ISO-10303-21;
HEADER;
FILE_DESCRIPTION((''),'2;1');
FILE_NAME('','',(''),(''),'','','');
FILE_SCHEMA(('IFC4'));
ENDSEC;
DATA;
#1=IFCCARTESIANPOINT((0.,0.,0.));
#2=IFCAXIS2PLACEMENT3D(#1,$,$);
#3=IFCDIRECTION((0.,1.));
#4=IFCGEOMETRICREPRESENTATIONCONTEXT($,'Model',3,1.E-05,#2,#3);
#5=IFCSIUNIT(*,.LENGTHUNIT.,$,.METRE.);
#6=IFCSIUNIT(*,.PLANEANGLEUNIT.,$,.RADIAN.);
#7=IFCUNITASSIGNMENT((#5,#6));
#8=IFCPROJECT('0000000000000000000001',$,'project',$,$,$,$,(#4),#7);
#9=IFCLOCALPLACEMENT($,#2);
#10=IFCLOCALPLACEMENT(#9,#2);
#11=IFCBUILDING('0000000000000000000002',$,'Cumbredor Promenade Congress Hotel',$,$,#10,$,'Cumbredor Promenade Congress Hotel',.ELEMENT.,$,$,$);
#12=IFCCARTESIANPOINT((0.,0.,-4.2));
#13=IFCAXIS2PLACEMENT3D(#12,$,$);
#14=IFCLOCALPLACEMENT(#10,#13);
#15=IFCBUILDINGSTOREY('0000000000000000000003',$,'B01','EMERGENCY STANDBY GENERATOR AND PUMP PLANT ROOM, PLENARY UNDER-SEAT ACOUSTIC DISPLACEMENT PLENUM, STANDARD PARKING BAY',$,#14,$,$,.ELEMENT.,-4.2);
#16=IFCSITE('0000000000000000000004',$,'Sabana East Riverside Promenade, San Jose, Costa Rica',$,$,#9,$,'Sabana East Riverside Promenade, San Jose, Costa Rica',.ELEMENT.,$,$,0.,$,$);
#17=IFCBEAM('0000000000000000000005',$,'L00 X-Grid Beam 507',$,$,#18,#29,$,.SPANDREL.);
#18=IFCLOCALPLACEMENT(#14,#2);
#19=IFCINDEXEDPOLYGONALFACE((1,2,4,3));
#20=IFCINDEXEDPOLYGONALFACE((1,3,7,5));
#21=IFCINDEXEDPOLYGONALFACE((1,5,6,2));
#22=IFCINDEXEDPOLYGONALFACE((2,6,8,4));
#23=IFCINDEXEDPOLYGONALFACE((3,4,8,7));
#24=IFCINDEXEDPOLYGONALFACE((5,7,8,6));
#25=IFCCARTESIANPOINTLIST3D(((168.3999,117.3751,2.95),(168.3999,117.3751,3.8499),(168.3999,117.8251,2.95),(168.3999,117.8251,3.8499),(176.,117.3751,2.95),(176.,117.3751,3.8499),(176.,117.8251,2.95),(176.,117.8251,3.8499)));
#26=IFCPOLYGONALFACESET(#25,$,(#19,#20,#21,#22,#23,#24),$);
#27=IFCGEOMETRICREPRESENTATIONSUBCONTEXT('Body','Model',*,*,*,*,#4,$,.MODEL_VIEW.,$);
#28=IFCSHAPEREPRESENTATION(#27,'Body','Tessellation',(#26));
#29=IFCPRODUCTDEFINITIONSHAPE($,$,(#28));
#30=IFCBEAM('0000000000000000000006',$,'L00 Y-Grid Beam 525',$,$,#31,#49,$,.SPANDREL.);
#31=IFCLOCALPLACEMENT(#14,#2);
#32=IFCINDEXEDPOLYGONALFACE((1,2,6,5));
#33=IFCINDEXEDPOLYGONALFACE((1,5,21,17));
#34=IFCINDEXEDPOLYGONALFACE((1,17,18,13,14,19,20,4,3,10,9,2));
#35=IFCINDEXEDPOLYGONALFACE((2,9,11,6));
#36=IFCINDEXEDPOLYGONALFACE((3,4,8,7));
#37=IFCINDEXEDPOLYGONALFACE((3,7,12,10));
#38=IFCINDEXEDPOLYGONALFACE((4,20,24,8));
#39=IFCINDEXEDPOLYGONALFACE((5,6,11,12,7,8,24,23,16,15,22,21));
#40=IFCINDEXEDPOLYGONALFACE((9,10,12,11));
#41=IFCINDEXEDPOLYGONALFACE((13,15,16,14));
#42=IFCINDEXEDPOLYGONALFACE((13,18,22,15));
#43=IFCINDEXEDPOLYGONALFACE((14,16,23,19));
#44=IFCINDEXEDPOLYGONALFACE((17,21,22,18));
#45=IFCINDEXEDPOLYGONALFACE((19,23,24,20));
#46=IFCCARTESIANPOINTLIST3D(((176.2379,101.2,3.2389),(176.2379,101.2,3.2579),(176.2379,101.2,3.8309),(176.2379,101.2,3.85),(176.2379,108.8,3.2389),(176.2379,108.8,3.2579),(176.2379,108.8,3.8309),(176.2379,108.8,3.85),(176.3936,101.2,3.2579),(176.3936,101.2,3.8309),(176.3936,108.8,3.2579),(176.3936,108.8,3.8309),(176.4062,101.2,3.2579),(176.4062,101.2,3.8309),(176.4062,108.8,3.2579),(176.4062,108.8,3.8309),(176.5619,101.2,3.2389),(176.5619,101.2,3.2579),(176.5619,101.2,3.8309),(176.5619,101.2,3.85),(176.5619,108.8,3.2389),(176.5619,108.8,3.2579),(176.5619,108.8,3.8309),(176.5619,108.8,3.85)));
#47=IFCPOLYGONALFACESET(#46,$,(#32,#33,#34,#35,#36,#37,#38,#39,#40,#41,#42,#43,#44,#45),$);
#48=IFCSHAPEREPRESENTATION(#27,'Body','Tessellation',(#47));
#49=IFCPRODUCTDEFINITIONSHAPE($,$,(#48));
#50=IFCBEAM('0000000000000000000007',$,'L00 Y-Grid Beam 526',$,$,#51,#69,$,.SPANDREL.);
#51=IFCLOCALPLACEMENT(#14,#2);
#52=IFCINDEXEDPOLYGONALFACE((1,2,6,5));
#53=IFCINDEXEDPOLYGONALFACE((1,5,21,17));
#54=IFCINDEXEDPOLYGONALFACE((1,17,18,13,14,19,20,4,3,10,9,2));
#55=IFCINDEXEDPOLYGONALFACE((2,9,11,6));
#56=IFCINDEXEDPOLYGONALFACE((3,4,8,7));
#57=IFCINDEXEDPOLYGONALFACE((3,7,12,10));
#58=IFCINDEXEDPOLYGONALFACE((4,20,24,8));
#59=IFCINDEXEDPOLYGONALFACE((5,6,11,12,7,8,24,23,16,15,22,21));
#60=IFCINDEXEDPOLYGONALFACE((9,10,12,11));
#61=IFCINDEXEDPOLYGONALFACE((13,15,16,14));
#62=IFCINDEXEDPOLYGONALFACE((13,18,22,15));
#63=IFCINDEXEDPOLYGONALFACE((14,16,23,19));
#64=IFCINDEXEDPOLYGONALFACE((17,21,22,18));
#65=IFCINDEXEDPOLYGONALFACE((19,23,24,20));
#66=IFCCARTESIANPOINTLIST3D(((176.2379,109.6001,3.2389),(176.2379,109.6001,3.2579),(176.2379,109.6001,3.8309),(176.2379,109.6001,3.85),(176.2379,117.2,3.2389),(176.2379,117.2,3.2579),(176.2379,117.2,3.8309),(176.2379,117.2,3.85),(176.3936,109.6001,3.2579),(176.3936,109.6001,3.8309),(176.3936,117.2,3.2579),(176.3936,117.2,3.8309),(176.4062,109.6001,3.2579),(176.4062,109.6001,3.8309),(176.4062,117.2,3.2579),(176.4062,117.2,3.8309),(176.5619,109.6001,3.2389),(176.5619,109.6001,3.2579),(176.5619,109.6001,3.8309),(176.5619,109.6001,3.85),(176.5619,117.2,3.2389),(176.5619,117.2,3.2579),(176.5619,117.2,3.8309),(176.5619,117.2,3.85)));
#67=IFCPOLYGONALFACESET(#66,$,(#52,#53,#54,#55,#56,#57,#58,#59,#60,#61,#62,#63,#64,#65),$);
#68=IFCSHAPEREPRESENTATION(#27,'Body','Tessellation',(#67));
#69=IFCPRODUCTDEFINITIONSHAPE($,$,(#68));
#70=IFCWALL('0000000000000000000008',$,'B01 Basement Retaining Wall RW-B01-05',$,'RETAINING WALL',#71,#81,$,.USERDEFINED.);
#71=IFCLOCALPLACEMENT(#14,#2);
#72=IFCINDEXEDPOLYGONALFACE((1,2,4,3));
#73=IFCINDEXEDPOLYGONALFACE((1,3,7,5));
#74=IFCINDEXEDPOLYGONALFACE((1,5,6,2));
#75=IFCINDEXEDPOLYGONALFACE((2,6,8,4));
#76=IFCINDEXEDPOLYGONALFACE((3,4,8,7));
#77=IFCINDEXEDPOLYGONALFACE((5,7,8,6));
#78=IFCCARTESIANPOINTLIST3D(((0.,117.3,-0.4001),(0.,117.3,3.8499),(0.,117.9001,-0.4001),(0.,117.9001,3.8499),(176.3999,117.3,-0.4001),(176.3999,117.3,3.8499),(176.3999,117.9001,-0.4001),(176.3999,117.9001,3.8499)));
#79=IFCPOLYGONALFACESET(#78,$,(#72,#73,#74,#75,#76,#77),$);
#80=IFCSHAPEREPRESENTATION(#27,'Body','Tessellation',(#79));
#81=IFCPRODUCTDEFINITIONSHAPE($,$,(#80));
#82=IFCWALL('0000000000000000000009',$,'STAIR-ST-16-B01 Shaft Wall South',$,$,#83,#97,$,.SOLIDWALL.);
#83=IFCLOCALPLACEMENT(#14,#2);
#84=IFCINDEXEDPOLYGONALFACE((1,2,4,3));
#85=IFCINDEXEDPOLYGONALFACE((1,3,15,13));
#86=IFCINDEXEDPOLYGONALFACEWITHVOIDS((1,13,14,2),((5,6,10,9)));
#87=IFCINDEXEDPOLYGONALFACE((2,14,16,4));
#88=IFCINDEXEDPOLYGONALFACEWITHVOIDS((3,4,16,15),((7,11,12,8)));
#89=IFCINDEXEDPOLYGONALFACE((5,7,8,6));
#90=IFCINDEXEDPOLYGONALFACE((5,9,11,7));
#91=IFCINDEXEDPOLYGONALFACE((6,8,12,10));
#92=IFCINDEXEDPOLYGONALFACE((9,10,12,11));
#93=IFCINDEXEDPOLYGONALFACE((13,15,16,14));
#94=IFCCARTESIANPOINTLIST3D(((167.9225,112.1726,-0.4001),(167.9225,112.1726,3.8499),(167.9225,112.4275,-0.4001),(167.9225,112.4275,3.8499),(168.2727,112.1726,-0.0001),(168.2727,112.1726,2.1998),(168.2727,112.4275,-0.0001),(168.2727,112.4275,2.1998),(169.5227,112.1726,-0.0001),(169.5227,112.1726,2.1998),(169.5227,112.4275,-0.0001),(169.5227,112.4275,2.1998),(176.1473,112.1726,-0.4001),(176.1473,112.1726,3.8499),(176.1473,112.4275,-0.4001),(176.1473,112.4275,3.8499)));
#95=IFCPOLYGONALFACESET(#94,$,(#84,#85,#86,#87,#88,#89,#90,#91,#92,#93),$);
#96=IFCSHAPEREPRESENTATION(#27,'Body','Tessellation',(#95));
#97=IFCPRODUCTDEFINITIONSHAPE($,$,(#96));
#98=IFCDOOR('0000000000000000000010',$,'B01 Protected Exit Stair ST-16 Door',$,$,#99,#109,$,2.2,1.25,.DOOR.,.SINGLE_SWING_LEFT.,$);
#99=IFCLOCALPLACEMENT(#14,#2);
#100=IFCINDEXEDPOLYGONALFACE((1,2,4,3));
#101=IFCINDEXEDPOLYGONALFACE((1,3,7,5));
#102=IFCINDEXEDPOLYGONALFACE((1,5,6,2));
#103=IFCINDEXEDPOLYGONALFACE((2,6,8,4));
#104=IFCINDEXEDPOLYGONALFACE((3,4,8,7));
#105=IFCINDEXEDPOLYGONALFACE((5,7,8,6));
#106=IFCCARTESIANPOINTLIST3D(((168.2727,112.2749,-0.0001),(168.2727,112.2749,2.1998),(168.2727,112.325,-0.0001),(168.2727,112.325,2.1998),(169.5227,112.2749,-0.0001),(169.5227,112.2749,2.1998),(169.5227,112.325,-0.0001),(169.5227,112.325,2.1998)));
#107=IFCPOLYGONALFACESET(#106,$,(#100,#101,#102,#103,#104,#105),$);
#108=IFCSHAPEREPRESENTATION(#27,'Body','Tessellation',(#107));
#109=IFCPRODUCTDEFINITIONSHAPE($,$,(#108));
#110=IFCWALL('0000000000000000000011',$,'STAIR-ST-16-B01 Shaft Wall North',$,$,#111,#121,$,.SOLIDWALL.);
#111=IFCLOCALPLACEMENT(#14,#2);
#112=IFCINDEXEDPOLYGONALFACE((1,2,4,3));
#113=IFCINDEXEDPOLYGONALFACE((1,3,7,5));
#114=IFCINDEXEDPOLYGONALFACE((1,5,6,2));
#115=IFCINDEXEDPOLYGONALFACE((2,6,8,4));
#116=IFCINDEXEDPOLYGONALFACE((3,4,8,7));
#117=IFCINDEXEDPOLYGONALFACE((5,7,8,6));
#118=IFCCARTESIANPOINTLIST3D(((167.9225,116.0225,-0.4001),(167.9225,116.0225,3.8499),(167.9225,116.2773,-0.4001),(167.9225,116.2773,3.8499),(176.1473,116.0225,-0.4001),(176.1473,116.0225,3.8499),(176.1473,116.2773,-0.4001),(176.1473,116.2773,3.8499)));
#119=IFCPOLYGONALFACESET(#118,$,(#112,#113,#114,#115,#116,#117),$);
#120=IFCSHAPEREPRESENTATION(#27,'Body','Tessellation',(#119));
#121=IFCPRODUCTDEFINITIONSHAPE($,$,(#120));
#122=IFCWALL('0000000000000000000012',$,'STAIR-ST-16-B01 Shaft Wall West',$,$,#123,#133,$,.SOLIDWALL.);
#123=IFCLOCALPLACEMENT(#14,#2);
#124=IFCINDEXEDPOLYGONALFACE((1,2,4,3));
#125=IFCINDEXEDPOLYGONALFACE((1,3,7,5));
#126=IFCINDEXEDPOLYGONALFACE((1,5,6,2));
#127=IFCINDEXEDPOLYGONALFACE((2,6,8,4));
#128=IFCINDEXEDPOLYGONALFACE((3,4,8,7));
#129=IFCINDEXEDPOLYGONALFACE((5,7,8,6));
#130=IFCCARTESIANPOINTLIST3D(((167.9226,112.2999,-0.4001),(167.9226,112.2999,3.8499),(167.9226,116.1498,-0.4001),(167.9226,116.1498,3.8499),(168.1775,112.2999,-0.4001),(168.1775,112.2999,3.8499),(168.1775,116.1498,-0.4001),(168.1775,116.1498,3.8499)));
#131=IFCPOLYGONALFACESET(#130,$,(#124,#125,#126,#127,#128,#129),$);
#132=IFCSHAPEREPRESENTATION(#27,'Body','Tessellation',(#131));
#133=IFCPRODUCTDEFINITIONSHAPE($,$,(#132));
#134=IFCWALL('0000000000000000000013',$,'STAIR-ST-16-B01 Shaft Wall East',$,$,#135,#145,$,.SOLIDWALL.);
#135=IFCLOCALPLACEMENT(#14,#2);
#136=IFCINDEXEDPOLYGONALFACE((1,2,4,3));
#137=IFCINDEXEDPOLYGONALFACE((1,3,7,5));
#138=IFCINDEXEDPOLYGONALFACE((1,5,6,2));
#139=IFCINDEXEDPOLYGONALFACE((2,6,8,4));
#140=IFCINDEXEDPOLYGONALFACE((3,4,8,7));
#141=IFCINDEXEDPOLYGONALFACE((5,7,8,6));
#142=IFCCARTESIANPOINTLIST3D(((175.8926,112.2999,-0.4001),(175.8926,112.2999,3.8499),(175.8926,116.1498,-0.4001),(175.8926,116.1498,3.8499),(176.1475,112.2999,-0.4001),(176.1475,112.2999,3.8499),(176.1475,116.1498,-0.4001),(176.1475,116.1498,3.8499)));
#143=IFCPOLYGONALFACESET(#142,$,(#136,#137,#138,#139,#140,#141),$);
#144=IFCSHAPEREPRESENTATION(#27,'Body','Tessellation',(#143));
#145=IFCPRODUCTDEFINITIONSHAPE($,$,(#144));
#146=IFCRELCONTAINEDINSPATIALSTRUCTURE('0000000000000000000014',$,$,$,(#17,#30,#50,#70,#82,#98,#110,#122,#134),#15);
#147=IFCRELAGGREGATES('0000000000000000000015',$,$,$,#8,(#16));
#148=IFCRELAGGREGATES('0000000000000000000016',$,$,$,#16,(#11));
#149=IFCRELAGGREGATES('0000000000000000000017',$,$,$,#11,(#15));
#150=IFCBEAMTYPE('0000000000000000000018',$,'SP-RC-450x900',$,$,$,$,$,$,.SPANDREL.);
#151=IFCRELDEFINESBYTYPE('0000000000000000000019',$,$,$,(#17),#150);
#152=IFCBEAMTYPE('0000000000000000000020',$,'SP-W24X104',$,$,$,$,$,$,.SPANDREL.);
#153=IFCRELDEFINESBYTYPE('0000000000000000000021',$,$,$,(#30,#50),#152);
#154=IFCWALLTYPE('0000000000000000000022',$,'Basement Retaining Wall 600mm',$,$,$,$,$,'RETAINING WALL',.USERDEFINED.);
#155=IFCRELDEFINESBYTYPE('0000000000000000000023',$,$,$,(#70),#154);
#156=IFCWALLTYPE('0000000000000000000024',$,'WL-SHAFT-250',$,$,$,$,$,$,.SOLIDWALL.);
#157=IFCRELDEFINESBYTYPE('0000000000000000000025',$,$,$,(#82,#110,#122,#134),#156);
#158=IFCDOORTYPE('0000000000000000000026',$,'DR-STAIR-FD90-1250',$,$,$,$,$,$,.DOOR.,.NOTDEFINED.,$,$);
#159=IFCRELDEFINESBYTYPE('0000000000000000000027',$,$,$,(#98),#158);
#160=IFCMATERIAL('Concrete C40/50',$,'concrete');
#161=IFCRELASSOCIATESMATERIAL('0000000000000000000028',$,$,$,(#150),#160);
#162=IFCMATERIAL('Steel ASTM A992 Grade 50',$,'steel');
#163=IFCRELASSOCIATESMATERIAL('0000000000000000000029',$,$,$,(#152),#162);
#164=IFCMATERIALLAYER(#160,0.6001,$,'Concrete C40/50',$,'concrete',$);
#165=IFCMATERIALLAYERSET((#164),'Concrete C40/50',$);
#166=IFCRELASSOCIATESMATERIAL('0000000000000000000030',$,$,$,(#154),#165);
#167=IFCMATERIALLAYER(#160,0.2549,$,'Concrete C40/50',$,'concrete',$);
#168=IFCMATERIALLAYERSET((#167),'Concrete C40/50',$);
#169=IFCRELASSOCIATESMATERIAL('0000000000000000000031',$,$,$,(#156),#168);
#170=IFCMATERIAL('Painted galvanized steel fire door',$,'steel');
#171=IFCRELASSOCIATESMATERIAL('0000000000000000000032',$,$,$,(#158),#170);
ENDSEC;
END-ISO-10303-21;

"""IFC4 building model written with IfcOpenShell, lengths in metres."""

from ifc_helpers import new_model, si_unit, direction, frame, frame_2d, origin, origin_2d, place, context, subcontext, project, spatial, rectangle, i_section, extrude, material, layer, layer_set, material_profile, profile_set, type_object, element, fill, save


model = new_model("IFC4")

# Units and contexts
model_context = context("Model", 3, precision=1e-05, world=origin(), true_north=direction((0.0, 1.0)))
body_context = subcontext(model_context, "Body", "Model", "MODEL_VIEW")
ifc_project = project(units=[si_unit("LENGTHUNIT", "METRE"), si_unit("PLANEANGLEUNIT", "RADIAN")], contexts=[model_context])

# Site, building, storey
site_placement = place(None, origin())
site = spatial("IfcSite", under=ifc_project, at=site_placement, Name="Sabana East Riverside Promenade, San Jose, Costa Rica", LongName="Sabana East Riverside Promenade, San Jose, Costa Rica", CompositionType="ELEMENT", RefElevation=0.0)
building_placement = place(site_placement, origin())
building = spatial("IfcBuilding", under=site, at=building_placement, Name="Cumbredor Promenade Congress Hotel", LongName="Cumbredor Promenade Congress Hotel", CompositionType="ELEMENT")
storey_placement = place(building_placement, frame((0.0, 0.0, -4.2)))
storey = spatial("IfcBuildingStorey", under=building, at=storey_placement, Name="B01", Description="EMERGENCY STANDBY GENERATOR AND PUMP PLANT ROOM, PLENARY UNDER-SEAT ACOUSTIC DISPLACEMENT PLENUM, STANDARD PARKING BAY", CompositionType="ELEMENT", Elevation=-4.2)

# Beams
ifc_material_1 = material(Name="Concrete C40/50", Category="concrete")
ifc_material_2 = material(Name="Steel ASTM A992 Grade 50", Category="steel")
ifc_material_profile_1 = material_profile(ifc_material_1, rectangle(XDim=0.45, YDim=0.8999, at=origin_2d()), Name="RC SPANDREL 450x900")
ifc_profile_set_1 = profile_set([ifc_material_profile_1], Name="Concrete C40/50")
beam_type_1 = type_object("IfcBeamType", Name="SP-RC-450x900", PredefinedType="SPANDREL", material=ifc_profile_set_1)
for number, where, z_axis, x_axis, name in (
    (1, (168.3999, 117.6001, 3.3999), (1.0, 0.0, 0.0), (0.0, 1.0, 0.0), "L00 X-Grid Beam 507"),
):
    element("IfcBeam", number, at=place(storey_placement, frame(where, z_axis=z_axis, x_axis=x_axis)), inside=storey, type_object=beam_type_1, Name=name, PredefinedType="SPANDREL", context=body_context, shape_type="SweptSolid", body=[
        extrude(rectangle(XDim=0.45, YDim=0.8999, at=origin_2d()), origin(), (0.0, 0.0, 1.0), 7.6001),
    ])
ifc_material_profile_2 = material_profile(ifc_material_2, i_section(OverallWidth=0.324, OverallDepth=0.6111, WebThickness=0.0127, FlangeThickness=0.019, at=origin_2d()), Name="W24X104")
ifc_profile_set_2 = profile_set([ifc_material_profile_2], Name="Steel ASTM A992 Grade 50")
beam_type_2 = type_object("IfcBeamType", Name="SP-W24X104", PredefinedType="SPANDREL", material=ifc_profile_set_2)
beam_1_placement = place(storey_placement, frame((176.3999, 101.2, 3.5444), z_axis=(0.0, 1.0, 0.0), x_axis=(-1.0, 0.0, 0.0)))
element("IfcBeam", 2, at=beam_1_placement, inside=storey, type_object=beam_type_2, Name="L00 Y-Grid Beam 525", PredefinedType="SPANDREL", context=body_context, shape_type="SweptSolid", body=[
    extrude(i_section(OverallWidth=0.324, OverallDepth=0.6111, WebThickness=0.0127, FlangeThickness=0.019, at=origin_2d()), origin(), (0.0, 0.0, 1.0), 7.6001),
])
beam_2_placement = place(storey_placement, frame((176.3999, 109.6001, 3.5444), z_axis=(0.0, 1.0, 0.0), x_axis=(-1.0, 0.0, 0.0)))
element("IfcBeam", 3, at=beam_2_placement, inside=storey, type_object=beam_type_2, Name="L00 Y-Grid Beam 526", PredefinedType="SPANDREL", context=body_context, shape_type="SweptSolid", body=[
    extrude(i_section(OverallWidth=0.324, OverallDepth=0.6111, WebThickness=0.0127, FlangeThickness=0.019, at=origin_2d()), origin(), (0.0, 0.0, 1.0), 7.5999),
])

# Wall
ifc_layer_1 = layer(ifc_material_1, 0.6001, Name="Concrete C40/50", Category="concrete")
ifc_layer_set_1 = layer_set([ifc_layer_1], Name="Concrete C40/50")
wall_type_1 = type_object("IfcWallType", Name="Basement Retaining Wall 600mm", ElementType="RETAINING WALL", PredefinedType="USERDEFINED", material=ifc_layer_set_1)
wall_1_placement = place(storey_placement, frame((176.3999, 117.6001, -0.4001), z_axis=(0.0, 0.0, 1.0), x_axis=(-1.0, 0.0, 0.0)))
element("IfcWall", 4, at=wall_1_placement, inside=storey, type_object=wall_type_1, Name="B01 Basement Retaining Wall RW-B01-05", ObjectType="RETAINING WALL", PredefinedType="USERDEFINED", context=body_context, shape_type="SweptSolid", body=[
    extrude(rectangle(XDim=176.3999, YDim=0.6001, at=frame_2d((88.2, 0.0))), origin(), (0.0, 0.0, 1.0), 4.25),
])

# Wall, opening, door
ifc_layer_2 = layer(ifc_material_1, 0.2549, Name="Concrete C40/50", Category="concrete")
ifc_layer_set_2 = layer_set([ifc_layer_2], Name="Concrete C40/50")
wall_type_2 = type_object("IfcWallType", Name="WL-SHAFT-250", PredefinedType="SOLIDWALL", material=ifc_layer_set_2)
wall_2_placement = place(storey_placement, frame((167.9226, 112.3, -0.4001), z_axis=(0.0, 0.0, 1.0), x_axis=(1.0, 0.0, 0.0)))
wall_2 = element("IfcWall", 5, at=wall_2_placement, inside=storey, type_object=wall_type_2, Name="STAIR-ST-16-B01 Shaft Wall South", PredefinedType="SOLIDWALL", context=body_context, shape_type="SweptSolid", body=[
    extrude(rectangle(XDim=8.2249, YDim=0.2549, at=frame_2d((4.1123, 0.0))), origin(), (0.0, 0.0, 1.0), 4.25),
])
opening_placement = place(wall_2_placement, frame((0.3501, 0.0, 0.3999)))
opening = element("IfcOpeningElement", 6, at=opening_placement, cuts=wall_2, PredefinedType="OPENING", context=body_context, shape_type="SweptSolid", body=[
    extrude(rectangle(XDim=1.25, YDim=2.2, at=frame_2d((0.625, 1.1001))), frame((0.0, 0.1375, 0.0), z_axis=(0.0, -1.0, 0.0), x_axis=(1.0, 0.0, 0.0)), (0.0, 0.0, 1.0), 0.2749),
])
ifc_material_3 = material(Name="Painted galvanized steel fire door", Category="steel")
door_type = type_object("IfcDoorType", Name="DR-STAIR-FD90-1250", OperationType="NOTDEFINED", PredefinedType="DOOR", material=ifc_material_3)
door_placement = place(opening_placement, origin())
door = element("IfcDoor", 7, at=door_placement, inside=storey, type_object=door_type, Name="B01 Protected Exit Stair ST-16 Door", OperationType="SINGLE_SWING_LEFT", OverallHeight=2.2, OverallWidth=1.25, PredefinedType="DOOR", context=body_context, shape_type="SweptSolid", body=[
    extrude(rectangle(XDim=1.25, YDim=2.2, at=frame_2d((0.625, 1.1001))), frame((0.0, 0.0249, 0.0), z_axis=(0.0, -1.0, 0.0), x_axis=(1.0, 0.0, 0.0)), (0.0, 0.0, 1.0), 0.05),
])
fill(opening, door)

# Walls
wall_3_placement = place(storey_placement, frame((167.9226, 116.1499, -0.4001), z_axis=(0.0, 0.0, 1.0), x_axis=(1.0, 0.0, 0.0)))
element("IfcWall", 8, at=wall_3_placement, inside=storey, type_object=wall_type_2, Name="STAIR-ST-16-B01 Shaft Wall North", PredefinedType="SOLIDWALL", context=body_context, shape_type="SweptSolid", body=[
    extrude(rectangle(XDim=8.2249, YDim=0.2549, at=frame_2d((4.1123, 0.0))), origin(), (0.0, 0.0, 1.0), 4.25),
])
for number, where, z_axis, x_axis, name in (
    (9, (168.05, 112.3, -0.4001), (0.0, 0.0, 1.0), (0.0, 1.0, 0.0), "STAIR-ST-16-B01 Shaft Wall West"),
    (10, (176.02, 112.3, -0.4001), (0.0, 0.0, 1.0), (0.0, 1.0, 0.0), "STAIR-ST-16-B01 Shaft Wall East"),
):
    element("IfcWall", number, at=place(storey_placement, frame(where, z_axis=z_axis, x_axis=x_axis)), inside=storey, type_object=wall_type_2, Name=name, PredefinedType="SOLIDWALL", context=body_context, shape_type="SweptSolid", body=[
        extrude(rectangle(XDim=3.8499, YDim=0.2549, at=frame_2d((1.9248, 0.0))), origin(), (0.0, 0.0, 1.0), 4.25),
    ])

save(model, "model.ifc")
